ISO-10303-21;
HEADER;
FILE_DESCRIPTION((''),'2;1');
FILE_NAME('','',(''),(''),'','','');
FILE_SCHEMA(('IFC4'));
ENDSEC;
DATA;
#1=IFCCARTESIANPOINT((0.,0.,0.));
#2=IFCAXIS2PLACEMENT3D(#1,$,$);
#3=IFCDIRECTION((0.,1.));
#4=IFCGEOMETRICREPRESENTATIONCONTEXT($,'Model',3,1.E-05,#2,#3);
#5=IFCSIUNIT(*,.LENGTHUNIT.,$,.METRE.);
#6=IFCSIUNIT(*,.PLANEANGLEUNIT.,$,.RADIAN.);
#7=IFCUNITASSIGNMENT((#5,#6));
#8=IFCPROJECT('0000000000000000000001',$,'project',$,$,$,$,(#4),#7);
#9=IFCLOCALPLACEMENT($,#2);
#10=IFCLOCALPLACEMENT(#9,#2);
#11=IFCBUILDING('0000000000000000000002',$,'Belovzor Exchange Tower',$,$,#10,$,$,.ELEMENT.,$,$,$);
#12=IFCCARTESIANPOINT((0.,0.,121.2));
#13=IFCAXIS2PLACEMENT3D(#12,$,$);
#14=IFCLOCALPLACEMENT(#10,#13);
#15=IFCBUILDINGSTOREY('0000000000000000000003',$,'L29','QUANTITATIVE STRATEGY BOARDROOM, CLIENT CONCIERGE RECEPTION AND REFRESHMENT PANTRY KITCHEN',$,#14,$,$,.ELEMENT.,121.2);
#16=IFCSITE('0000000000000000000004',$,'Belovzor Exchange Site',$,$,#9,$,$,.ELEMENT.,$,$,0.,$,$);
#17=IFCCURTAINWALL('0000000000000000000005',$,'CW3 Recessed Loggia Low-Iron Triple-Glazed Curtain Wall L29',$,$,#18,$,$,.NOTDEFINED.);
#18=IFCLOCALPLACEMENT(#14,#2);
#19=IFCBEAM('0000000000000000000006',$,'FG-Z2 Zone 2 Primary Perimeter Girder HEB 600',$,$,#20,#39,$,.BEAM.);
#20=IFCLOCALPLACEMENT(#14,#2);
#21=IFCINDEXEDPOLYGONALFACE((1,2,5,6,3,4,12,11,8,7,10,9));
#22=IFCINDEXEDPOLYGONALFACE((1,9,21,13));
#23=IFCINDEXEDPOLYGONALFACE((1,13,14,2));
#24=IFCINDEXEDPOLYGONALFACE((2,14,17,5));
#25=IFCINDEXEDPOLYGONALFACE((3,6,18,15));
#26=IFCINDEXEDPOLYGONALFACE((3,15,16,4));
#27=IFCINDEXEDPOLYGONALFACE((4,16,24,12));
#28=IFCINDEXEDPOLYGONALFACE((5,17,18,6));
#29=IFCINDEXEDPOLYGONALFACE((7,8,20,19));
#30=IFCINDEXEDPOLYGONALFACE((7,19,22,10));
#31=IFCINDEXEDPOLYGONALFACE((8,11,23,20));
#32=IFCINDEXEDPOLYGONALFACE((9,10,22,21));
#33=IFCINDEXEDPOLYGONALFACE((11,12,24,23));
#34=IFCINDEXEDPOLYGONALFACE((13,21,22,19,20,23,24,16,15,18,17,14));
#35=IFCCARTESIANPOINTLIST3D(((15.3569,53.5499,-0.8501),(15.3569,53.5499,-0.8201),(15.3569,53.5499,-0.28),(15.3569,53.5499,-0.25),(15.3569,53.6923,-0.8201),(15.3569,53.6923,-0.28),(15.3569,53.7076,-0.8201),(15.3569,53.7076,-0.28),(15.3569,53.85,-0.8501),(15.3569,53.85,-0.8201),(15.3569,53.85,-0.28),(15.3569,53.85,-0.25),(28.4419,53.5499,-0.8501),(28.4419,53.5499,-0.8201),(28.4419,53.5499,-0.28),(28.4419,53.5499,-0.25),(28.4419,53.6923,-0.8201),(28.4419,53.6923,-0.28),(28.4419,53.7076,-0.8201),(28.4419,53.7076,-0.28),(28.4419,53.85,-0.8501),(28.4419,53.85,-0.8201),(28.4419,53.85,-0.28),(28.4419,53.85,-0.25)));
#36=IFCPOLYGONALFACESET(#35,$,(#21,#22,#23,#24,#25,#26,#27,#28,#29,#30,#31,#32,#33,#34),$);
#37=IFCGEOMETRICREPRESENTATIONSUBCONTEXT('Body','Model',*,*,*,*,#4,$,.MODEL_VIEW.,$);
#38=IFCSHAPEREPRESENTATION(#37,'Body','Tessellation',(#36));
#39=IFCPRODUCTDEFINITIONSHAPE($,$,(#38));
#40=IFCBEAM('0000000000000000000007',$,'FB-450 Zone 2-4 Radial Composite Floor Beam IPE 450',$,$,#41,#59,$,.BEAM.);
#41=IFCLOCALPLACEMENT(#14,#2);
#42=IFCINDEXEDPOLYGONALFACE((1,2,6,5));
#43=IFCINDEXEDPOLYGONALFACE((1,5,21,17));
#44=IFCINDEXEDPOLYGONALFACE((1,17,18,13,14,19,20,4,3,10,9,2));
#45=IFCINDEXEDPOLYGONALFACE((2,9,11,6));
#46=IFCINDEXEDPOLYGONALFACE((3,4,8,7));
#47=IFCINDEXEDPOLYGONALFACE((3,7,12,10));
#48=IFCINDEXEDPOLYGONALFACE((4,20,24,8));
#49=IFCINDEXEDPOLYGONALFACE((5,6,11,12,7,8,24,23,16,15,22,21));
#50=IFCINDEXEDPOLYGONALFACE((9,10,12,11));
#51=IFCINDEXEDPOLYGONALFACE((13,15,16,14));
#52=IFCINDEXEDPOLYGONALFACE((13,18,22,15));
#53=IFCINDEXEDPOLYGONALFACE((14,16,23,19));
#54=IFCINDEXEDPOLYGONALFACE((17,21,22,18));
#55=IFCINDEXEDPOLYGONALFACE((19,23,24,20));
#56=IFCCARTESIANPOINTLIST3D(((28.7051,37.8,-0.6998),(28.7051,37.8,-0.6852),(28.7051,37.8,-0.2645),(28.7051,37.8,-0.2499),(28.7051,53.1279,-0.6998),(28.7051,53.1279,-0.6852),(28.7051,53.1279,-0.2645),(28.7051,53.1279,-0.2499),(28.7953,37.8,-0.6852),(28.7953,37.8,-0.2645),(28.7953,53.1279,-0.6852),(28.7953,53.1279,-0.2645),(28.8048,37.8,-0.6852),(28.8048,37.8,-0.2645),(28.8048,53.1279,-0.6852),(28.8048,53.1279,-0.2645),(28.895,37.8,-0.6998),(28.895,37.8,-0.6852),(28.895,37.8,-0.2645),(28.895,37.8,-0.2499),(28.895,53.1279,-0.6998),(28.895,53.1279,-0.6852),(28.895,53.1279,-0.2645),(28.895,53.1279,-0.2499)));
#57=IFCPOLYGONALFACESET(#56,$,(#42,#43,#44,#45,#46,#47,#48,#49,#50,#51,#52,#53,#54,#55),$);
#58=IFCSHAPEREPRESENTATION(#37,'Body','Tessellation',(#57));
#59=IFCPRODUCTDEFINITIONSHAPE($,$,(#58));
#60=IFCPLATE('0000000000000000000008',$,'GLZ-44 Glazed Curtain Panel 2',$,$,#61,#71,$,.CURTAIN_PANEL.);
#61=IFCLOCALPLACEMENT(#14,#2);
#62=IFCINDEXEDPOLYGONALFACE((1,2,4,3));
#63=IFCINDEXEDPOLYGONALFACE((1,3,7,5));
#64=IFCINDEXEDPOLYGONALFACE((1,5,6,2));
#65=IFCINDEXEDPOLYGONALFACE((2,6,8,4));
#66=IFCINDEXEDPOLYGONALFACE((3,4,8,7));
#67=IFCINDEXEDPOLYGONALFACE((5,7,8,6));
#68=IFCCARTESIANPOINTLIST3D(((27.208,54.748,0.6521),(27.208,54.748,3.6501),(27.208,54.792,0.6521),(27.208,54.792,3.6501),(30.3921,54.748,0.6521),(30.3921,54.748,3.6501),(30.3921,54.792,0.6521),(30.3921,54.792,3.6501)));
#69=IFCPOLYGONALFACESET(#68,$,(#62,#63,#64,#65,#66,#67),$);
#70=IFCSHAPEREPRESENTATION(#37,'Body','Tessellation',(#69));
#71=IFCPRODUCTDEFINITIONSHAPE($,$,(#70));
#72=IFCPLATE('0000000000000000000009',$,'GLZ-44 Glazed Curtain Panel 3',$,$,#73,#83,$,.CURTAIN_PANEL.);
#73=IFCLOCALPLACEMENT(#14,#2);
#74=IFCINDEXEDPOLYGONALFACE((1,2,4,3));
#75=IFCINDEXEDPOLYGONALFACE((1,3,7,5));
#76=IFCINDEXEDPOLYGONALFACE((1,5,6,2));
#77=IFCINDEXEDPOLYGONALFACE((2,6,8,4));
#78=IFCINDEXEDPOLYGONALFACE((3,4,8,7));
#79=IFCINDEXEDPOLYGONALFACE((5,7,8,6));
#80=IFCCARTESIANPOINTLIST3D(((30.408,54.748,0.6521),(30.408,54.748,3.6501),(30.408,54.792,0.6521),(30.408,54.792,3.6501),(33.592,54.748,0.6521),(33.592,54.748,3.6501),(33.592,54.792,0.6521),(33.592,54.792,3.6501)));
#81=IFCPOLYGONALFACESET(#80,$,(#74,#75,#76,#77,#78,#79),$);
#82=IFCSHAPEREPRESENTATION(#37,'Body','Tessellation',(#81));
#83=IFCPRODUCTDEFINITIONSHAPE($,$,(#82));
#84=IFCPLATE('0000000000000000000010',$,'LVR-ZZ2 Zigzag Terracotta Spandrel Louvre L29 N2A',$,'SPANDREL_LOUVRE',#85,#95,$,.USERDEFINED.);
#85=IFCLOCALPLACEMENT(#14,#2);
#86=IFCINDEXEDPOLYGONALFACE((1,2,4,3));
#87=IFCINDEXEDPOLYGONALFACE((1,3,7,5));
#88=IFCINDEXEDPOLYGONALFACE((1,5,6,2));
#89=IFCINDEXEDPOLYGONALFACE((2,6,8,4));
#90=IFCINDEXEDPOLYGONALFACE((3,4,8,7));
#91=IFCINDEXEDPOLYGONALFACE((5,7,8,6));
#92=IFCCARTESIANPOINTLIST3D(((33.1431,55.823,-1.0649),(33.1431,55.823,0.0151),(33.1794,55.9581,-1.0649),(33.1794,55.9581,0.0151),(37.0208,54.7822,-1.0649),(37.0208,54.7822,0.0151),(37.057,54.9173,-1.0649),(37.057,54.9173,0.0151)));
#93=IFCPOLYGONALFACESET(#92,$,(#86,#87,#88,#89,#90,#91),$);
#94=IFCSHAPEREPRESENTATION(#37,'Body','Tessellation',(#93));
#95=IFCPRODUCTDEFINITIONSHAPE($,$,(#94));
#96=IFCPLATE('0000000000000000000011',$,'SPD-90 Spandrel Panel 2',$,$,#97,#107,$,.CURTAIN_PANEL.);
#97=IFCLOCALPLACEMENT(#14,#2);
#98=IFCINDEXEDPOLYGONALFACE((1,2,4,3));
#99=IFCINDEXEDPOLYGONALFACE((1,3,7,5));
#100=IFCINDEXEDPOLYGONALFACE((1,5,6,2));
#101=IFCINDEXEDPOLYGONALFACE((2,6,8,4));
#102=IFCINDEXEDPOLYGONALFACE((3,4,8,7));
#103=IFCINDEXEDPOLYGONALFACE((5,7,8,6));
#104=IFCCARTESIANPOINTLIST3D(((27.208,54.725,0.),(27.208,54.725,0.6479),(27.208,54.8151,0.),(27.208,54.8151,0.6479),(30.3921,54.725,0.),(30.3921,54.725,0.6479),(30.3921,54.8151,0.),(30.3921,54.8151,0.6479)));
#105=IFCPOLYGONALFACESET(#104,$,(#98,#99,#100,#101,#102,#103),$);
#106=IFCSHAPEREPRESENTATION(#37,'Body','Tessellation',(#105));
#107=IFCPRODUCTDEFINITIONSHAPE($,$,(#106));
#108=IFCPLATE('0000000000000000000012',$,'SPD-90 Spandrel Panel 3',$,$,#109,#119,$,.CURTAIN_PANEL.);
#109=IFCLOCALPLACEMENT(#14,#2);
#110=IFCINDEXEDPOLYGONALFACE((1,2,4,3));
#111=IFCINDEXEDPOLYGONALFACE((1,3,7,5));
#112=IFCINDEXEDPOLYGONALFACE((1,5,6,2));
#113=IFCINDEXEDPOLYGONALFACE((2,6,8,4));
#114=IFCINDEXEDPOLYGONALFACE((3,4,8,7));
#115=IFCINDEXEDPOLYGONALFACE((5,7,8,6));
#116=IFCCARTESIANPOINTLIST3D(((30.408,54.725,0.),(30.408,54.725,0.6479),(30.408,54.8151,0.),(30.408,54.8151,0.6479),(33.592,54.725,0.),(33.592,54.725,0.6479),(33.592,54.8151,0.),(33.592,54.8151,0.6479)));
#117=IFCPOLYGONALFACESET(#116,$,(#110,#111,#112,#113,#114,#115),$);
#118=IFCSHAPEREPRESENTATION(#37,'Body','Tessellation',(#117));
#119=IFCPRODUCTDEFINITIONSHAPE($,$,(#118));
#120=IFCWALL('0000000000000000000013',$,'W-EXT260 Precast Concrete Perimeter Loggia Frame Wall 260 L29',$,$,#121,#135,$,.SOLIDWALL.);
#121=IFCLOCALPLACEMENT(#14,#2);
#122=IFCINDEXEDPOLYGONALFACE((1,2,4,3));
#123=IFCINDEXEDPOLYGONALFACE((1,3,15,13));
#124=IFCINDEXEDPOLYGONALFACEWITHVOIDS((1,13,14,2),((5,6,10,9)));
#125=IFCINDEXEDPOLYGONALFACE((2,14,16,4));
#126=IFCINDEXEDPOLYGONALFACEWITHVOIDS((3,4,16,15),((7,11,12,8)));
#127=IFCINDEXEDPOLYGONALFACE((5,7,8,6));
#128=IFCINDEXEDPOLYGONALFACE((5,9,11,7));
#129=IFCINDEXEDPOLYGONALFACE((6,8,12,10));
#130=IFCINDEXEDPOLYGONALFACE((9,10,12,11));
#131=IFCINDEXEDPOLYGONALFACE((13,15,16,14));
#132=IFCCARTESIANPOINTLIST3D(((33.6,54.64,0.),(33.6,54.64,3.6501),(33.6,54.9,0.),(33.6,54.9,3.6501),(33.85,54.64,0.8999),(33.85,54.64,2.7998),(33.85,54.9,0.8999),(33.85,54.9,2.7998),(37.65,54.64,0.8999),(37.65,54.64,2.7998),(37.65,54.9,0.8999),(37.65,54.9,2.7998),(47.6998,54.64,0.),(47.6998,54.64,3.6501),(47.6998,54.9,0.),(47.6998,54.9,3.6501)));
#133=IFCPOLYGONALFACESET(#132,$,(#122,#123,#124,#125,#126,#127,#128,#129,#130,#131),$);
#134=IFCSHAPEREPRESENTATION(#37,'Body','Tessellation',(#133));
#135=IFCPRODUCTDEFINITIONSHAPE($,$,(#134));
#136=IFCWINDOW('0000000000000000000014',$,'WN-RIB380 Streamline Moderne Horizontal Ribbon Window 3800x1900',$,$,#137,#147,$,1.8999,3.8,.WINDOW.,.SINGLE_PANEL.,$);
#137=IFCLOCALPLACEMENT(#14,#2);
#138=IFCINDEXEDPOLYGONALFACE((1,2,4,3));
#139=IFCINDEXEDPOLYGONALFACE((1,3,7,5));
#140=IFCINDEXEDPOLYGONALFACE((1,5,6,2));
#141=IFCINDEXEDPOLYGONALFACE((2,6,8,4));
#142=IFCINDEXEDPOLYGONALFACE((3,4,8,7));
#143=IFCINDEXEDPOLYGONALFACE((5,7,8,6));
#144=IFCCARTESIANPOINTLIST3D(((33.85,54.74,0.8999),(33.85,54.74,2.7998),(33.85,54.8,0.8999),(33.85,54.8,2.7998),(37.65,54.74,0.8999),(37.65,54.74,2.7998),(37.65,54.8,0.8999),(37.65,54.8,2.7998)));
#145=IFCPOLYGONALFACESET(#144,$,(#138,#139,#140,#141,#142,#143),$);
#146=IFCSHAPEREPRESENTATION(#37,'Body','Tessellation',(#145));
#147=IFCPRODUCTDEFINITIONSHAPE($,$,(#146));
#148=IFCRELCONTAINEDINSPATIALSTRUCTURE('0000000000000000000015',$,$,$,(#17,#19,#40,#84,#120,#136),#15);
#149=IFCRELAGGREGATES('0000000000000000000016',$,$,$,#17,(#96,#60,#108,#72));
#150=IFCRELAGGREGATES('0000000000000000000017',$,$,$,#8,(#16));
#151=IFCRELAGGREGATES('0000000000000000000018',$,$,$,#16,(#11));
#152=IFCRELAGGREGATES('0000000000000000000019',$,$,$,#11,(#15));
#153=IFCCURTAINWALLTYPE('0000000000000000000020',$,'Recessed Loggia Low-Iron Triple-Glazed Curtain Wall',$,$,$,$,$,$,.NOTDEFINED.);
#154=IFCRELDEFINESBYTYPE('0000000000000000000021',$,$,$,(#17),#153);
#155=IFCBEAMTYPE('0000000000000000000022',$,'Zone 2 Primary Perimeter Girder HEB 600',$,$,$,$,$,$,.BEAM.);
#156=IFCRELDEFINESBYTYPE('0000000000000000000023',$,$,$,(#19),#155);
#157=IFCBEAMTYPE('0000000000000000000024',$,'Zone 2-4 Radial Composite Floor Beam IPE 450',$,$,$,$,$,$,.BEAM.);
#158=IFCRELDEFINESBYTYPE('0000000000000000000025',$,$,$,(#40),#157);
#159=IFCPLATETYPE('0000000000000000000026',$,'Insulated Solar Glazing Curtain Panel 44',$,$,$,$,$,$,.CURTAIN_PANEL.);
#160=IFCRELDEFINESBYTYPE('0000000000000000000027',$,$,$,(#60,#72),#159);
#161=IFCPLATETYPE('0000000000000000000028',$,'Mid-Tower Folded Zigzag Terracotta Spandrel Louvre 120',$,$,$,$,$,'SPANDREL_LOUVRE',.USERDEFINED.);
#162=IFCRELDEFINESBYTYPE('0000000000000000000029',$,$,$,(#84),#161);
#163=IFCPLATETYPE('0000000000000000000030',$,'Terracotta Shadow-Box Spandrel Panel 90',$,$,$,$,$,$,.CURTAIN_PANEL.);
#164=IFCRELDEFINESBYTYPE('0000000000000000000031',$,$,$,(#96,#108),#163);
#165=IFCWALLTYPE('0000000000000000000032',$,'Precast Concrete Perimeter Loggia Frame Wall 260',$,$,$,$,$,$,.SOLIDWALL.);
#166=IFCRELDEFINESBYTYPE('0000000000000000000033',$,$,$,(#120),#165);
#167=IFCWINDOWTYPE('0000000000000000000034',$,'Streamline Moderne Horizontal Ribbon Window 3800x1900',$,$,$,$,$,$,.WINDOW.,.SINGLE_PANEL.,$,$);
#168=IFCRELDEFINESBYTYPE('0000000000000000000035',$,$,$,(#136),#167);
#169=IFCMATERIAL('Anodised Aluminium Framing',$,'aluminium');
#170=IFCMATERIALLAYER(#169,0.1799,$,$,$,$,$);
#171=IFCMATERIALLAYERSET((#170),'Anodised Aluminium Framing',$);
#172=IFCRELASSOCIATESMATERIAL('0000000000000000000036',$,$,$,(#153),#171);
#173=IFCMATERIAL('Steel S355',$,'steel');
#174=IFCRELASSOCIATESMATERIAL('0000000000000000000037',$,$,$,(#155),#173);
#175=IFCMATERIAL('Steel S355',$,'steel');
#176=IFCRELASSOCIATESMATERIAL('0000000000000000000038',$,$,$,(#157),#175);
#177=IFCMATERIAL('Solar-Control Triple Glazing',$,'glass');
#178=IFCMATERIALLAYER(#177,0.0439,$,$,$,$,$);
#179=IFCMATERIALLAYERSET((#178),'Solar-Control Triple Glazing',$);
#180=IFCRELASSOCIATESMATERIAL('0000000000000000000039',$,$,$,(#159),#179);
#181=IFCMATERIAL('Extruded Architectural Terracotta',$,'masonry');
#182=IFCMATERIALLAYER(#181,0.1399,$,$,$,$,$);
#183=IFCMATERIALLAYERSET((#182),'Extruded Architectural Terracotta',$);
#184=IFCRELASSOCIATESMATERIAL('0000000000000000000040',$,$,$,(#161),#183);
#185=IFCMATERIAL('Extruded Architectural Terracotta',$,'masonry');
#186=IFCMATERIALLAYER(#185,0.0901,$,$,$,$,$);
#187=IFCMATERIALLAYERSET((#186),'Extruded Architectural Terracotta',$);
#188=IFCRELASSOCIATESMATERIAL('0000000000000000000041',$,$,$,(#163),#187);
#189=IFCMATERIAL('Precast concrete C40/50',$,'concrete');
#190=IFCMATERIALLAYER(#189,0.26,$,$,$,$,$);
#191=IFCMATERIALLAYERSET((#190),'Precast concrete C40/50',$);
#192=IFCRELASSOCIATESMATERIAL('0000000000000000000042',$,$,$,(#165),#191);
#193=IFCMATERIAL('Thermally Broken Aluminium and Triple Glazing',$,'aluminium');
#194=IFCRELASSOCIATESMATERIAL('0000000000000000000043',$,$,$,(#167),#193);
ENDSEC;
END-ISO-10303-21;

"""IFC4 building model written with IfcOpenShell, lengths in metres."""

from ifc_helpers import new_model, si_unit, direction, frame, frame_2d, origin, origin_2d, place, context, subcontext, project, spatial, rectangle, i_section, extrude, material, layer, layer_set, material_profile, profile_set, type_object, element, fill, aggregate, save


model = new_model("IFC4")

# Units and contexts
model_context = context("Model", 3, precision=1e-05, world=origin(), true_north=direction((0.0, 1.0)))
body_context = subcontext(model_context, "Body", "Model", "MODEL_VIEW")
ifc_project = project(units=[si_unit("LENGTHUNIT", "METRE"), si_unit("PLANEANGLEUNIT", "RADIAN")], contexts=[model_context])

# Site, building, storey
site_placement = place(None, origin())
site = spatial("IfcSite", under=ifc_project, at=site_placement, Name="Belovzor Exchange Site", CompositionType="ELEMENT", RefElevation=0.0)
building_placement = place(site_placement, origin())
building = spatial("IfcBuilding", under=site, at=building_placement, Name="Belovzor Exchange Tower", CompositionType="ELEMENT")
storey_placement = place(building_placement, frame((0.0, 0.0, 121.2)))
storey = spatial("IfcBuildingStorey", under=building, at=storey_placement, Name="L29", Description="QUANTITATIVE STRATEGY BOARDROOM, CLIENT CONCIERGE RECEPTION AND REFRESHMENT PANTRY KITCHEN", CompositionType="ELEMENT", Elevation=121.2)

# Curtain wall
ifc_material_1 = material(Name="Anodised Aluminium Framing", Category="aluminium")
ifc_layer_1 = layer(ifc_material_1, 0.1799)
ifc_layer_set_1 = layer_set([ifc_layer_1], Name="Anodised Aluminium Framing")
curtain_wall_type = type_object("IfcCurtainWallType", Name="Recessed Loggia Low-Iron Triple-Glazed Curtain Wall", PredefinedType="NOTDEFINED", material=ifc_layer_set_1)
curtain_wall_placement = place(storey_placement, origin())
curtain_wall = element("IfcCurtainWall", 1, at=curtain_wall_placement, inside=storey, type_object=curtain_wall_type, Name="CW3 Recessed Loggia Low-Iron Triple-Glazed Curtain Wall L29", PredefinedType="NOTDEFINED")

# Beams
ifc_material_2 = material(Name="Steel S355", Category="steel")
ifc_material_profile_1 = material_profile(ifc_material_2, i_section(OverallWidth=0.3, OverallDepth=0.6001, WebThickness=0.0154, FlangeThickness=0.03, at=origin_2d()))
ifc_profile_set_1 = profile_set([ifc_material_profile_1], Name="Steel S355")
beam_type_1 = type_object("IfcBeamType", Name="Zone 2 Primary Perimeter Girder HEB 600", PredefinedType="BEAM", material=ifc_profile_set_1)
beam_1_placement = place(storey_placement, frame((28.4419, 53.7, -0.55), z_axis=(-1.0, 0.0, 0.0), x_axis=(0.0, -1.0, 0.0)))
element("IfcBeam", 2, at=beam_1_placement, inside=storey, type_object=beam_type_1, Name="FG-Z2 Zone 2 Primary Perimeter Girder HEB 600", PredefinedType="BEAM", context=body_context, shape_type="SweptSolid", body=[
    extrude(i_section(OverallWidth=0.3, OverallDepth=0.6001, WebThickness=0.0154, FlangeThickness=0.03, at=origin_2d()), origin(), (0.0, 0.0, 1.0), 13.085),
])
ifc_material_3 = material(Name="Steel S355", Category="steel")
ifc_material_profile_2 = material_profile(ifc_material_3, i_section(OverallWidth=0.1899, OverallDepth=0.45, WebThickness=0.0095, FlangeThickness=0.0146, at=origin_2d()))
ifc_profile_set_2 = profile_set([ifc_material_profile_2], Name="Steel S355")
beam_type_2 = type_object("IfcBeamType", Name="Zone 2-4 Radial Composite Floor Beam IPE 450", PredefinedType="BEAM", material=ifc_profile_set_2)
beam_2_placement = place(storey_placement, frame((28.8, 37.8, -0.4749), z_axis=(0.0, 1.0, 0.0), x_axis=(-1.0, 0.0, 0.0)))
element("IfcBeam", 3, at=beam_2_placement, inside=storey, type_object=beam_type_2, Name="FB-450 Zone 2-4 Radial Composite Floor Beam IPE 450", PredefinedType="BEAM", context=body_context, shape_type="SweptSolid", body=[
    extrude(i_section(OverallWidth=0.1899, OverallDepth=0.45, WebThickness=0.0095, FlangeThickness=0.0146, at=origin_2d()), origin(), (0.0, 0.0, 1.0), 15.3279),
])

# Plates
ifc_material_4 = material(Name="Solar-Control Triple Glazing", Category="glass")
ifc_layer_2 = layer(ifc_material_4, 0.0439)
ifc_layer_set_2 = layer_set([ifc_layer_2], Name="Solar-Control Triple Glazing")
plate_type_1 = type_object("IfcPlateType", Name="Insulated Solar Glazing Curtain Panel 44", PredefinedType="CURTAIN_PANEL", material=ifc_layer_set_2)
plate_1_placement = place(storey_placement, frame((28.8, 54.77, 0.6521), z_axis=(0.0, 0.0, 1.0), x_axis=(1.0, 0.0, 0.0)))
plate_1 = element("IfcPlate", 4, at=plate_1_placement, type_object=plate_type_1, Name="GLZ-44 Glazed Curtain Panel 2", PredefinedType="CURTAIN_PANEL", context=body_context, shape_type="SweptSolid", body=[
    extrude(rectangle(XDim=3.1841, YDim=0.0439, at=origin_2d()), origin(), (0.0, 0.0, 1.0), 2.998),
])
plate_2_placement = place(storey_placement, frame((32.0, 54.77, 0.6521), z_axis=(0.0, 0.0, 1.0), x_axis=(1.0, 0.0, 0.0)))
plate_2 = element("IfcPlate", 5, at=plate_2_placement, type_object=plate_type_1, Name="GLZ-44 Glazed Curtain Panel 3", PredefinedType="CURTAIN_PANEL", context=body_context, shape_type="SweptSolid", body=[
    extrude(rectangle(XDim=3.1841, YDim=0.0439, at=origin_2d()), origin(), (0.0, 0.0, 1.0), 2.998),
])
ifc_material_5 = material(Name="Extruded Architectural Terracotta", Category="masonry")
ifc_layer_3 = layer(ifc_material_5, 0.1399)
ifc_layer_set_3 = layer_set([ifc_layer_3], Name="Extruded Architectural Terracotta")
plate_type_2 = type_object("IfcPlateType", Name="Mid-Tower Folded Zigzag Terracotta Spandrel Louvre 120", ElementType="SPANDREL_LOUVRE", PredefinedType="USERDEFINED", material=ifc_layer_set_3)
plate_3_placement = place(storey_placement, frame((35.1001, 55.3701, -1.0649), z_axis=(0.0, 0.0, 1.0), x_axis=(0.965813, -0.25924, 0.0)))
element("IfcPlate", 6, at=plate_3_placement, inside=storey, type_object=plate_type_2, Name="LVR-ZZ2 Zigzag Terracotta Spandrel Louvre L29 N2A", ObjectType="SPANDREL_LOUVRE", PredefinedType="USERDEFINED", context=body_context, shape_type="SweptSolid", body=[
    extrude(rectangle(XDim=4.0149, YDim=0.1399, at=origin_2d()), origin(), (0.0, 0.0, 1.0), 1.0801),
])
ifc_material_6 = material(Name="Extruded Architectural Terracotta", Category="masonry")
ifc_layer_4 = layer(ifc_material_6, 0.0901)
ifc_layer_set_4 = layer_set([ifc_layer_4], Name="Extruded Architectural Terracotta")
plate_type_3 = type_object("IfcPlateType", Name="Terracotta Shadow-Box Spandrel Panel 90", PredefinedType="CURTAIN_PANEL", material=ifc_layer_set_4)
plate_4_placement = place(storey_placement, frame((28.8, 54.77, 0.0), z_axis=(0.0, 0.0, 1.0), x_axis=(1.0, 0.0, 0.0)))
plate_4 = element("IfcPlate", 7, at=plate_4_placement, type_object=plate_type_3, Name="SPD-90 Spandrel Panel 2", PredefinedType="CURTAIN_PANEL", context=body_context, shape_type="SweptSolid", body=[
    extrude(rectangle(XDim=3.1841, YDim=0.0901, at=origin_2d()), origin(), (0.0, 0.0, 1.0), 0.6479),
])
plate_5_placement = place(storey_placement, frame((32.0, 54.77, 0.0), z_axis=(0.0, 0.0, 1.0), x_axis=(1.0, 0.0, 0.0)))
plate_5 = element("IfcPlate", 8, at=plate_5_placement, type_object=plate_type_3, Name="SPD-90 Spandrel Panel 3", PredefinedType="CURTAIN_PANEL", context=body_context, shape_type="SweptSolid", body=[
    extrude(rectangle(XDim=3.1841, YDim=0.0901, at=origin_2d()), origin(), (0.0, 0.0, 1.0), 0.6479),
])
aggregate(curtain_wall, [plate_4, plate_1, plate_5, plate_2])

# Wall, opening, window
ifc_material_7 = material(Name="Precast concrete C40/50", Category="concrete")
ifc_layer_5 = layer(ifc_material_7, 0.26)
ifc_layer_set_5 = layer_set([ifc_layer_5], Name="Precast concrete C40/50")
wall_type = type_object("IfcWallType", Name="Precast Concrete Perimeter Loggia Frame Wall 260", PredefinedType="SOLIDWALL", material=ifc_layer_set_5)
wall_placement = place(storey_placement, frame((33.6001, 54.77, 0.0), z_axis=(0.0, 0.0, 1.0), x_axis=(1.0, 0.0, 0.0)))
wall = element("IfcWall", 9, at=wall_placement, inside=storey, type_object=wall_type, Name="W-EXT260 Precast Concrete Perimeter Loggia Frame Wall 260 L29", PredefinedType="SOLIDWALL", context=body_context, shape_type="SweptSolid", body=[
    extrude(rectangle(XDim=14.0999, YDim=0.26, at=frame_2d((7.0498, 0.0))), origin(), (0.0, 0.0, 1.0), 3.6501),
])
opening_placement = place(wall_placement, frame((0.25, 0.0, 0.8999)))
opening = element("IfcOpeningElement", 10, at=opening_placement, cuts=wall, PredefinedType="OPENING", context=body_context, shape_type="SweptSolid", body=[
    extrude(rectangle(XDim=3.8, YDim=1.8999, at=frame_2d((1.8999, 0.95))), frame((0.0, 0.1399, 0.0), z_axis=(0.0, -1.0, 0.0), x_axis=(1.0, 0.0, 0.0)), (0.0, 0.0, 1.0), 0.28),
])
ifc_material_8 = material(Name="Thermally Broken Aluminium and Triple Glazing", Category="aluminium")
window_type = type_object("IfcWindowType", Name="Streamline Moderne Horizontal Ribbon Window 3800x1900", PartitioningType="SINGLE_PANEL", PredefinedType="WINDOW", material=ifc_material_8)
window_placement = place(opening_placement, origin())
window = element("IfcWindow", 11, at=window_placement, inside=storey, type_object=window_type, Name="WN-RIB380 Streamline Moderne Horizontal Ribbon Window 3800x1900", OverallHeight=1.8999, OverallWidth=3.8, PartitioningType="SINGLE_PANEL", PredefinedType="WINDOW", context=body_context, shape_type="SweptSolid", body=[
    extrude(rectangle(XDim=3.8, YDim=1.8999, at=frame_2d((1.8999, 0.95))), frame((0.0, 0.03, 0.0), z_axis=(0.0, -1.0, 0.0), x_axis=(1.0, 0.0, 0.0)), (0.0, 0.0, 1.0), 0.0601),
])
fill(opening, window)

save(model, "model.ifc")
